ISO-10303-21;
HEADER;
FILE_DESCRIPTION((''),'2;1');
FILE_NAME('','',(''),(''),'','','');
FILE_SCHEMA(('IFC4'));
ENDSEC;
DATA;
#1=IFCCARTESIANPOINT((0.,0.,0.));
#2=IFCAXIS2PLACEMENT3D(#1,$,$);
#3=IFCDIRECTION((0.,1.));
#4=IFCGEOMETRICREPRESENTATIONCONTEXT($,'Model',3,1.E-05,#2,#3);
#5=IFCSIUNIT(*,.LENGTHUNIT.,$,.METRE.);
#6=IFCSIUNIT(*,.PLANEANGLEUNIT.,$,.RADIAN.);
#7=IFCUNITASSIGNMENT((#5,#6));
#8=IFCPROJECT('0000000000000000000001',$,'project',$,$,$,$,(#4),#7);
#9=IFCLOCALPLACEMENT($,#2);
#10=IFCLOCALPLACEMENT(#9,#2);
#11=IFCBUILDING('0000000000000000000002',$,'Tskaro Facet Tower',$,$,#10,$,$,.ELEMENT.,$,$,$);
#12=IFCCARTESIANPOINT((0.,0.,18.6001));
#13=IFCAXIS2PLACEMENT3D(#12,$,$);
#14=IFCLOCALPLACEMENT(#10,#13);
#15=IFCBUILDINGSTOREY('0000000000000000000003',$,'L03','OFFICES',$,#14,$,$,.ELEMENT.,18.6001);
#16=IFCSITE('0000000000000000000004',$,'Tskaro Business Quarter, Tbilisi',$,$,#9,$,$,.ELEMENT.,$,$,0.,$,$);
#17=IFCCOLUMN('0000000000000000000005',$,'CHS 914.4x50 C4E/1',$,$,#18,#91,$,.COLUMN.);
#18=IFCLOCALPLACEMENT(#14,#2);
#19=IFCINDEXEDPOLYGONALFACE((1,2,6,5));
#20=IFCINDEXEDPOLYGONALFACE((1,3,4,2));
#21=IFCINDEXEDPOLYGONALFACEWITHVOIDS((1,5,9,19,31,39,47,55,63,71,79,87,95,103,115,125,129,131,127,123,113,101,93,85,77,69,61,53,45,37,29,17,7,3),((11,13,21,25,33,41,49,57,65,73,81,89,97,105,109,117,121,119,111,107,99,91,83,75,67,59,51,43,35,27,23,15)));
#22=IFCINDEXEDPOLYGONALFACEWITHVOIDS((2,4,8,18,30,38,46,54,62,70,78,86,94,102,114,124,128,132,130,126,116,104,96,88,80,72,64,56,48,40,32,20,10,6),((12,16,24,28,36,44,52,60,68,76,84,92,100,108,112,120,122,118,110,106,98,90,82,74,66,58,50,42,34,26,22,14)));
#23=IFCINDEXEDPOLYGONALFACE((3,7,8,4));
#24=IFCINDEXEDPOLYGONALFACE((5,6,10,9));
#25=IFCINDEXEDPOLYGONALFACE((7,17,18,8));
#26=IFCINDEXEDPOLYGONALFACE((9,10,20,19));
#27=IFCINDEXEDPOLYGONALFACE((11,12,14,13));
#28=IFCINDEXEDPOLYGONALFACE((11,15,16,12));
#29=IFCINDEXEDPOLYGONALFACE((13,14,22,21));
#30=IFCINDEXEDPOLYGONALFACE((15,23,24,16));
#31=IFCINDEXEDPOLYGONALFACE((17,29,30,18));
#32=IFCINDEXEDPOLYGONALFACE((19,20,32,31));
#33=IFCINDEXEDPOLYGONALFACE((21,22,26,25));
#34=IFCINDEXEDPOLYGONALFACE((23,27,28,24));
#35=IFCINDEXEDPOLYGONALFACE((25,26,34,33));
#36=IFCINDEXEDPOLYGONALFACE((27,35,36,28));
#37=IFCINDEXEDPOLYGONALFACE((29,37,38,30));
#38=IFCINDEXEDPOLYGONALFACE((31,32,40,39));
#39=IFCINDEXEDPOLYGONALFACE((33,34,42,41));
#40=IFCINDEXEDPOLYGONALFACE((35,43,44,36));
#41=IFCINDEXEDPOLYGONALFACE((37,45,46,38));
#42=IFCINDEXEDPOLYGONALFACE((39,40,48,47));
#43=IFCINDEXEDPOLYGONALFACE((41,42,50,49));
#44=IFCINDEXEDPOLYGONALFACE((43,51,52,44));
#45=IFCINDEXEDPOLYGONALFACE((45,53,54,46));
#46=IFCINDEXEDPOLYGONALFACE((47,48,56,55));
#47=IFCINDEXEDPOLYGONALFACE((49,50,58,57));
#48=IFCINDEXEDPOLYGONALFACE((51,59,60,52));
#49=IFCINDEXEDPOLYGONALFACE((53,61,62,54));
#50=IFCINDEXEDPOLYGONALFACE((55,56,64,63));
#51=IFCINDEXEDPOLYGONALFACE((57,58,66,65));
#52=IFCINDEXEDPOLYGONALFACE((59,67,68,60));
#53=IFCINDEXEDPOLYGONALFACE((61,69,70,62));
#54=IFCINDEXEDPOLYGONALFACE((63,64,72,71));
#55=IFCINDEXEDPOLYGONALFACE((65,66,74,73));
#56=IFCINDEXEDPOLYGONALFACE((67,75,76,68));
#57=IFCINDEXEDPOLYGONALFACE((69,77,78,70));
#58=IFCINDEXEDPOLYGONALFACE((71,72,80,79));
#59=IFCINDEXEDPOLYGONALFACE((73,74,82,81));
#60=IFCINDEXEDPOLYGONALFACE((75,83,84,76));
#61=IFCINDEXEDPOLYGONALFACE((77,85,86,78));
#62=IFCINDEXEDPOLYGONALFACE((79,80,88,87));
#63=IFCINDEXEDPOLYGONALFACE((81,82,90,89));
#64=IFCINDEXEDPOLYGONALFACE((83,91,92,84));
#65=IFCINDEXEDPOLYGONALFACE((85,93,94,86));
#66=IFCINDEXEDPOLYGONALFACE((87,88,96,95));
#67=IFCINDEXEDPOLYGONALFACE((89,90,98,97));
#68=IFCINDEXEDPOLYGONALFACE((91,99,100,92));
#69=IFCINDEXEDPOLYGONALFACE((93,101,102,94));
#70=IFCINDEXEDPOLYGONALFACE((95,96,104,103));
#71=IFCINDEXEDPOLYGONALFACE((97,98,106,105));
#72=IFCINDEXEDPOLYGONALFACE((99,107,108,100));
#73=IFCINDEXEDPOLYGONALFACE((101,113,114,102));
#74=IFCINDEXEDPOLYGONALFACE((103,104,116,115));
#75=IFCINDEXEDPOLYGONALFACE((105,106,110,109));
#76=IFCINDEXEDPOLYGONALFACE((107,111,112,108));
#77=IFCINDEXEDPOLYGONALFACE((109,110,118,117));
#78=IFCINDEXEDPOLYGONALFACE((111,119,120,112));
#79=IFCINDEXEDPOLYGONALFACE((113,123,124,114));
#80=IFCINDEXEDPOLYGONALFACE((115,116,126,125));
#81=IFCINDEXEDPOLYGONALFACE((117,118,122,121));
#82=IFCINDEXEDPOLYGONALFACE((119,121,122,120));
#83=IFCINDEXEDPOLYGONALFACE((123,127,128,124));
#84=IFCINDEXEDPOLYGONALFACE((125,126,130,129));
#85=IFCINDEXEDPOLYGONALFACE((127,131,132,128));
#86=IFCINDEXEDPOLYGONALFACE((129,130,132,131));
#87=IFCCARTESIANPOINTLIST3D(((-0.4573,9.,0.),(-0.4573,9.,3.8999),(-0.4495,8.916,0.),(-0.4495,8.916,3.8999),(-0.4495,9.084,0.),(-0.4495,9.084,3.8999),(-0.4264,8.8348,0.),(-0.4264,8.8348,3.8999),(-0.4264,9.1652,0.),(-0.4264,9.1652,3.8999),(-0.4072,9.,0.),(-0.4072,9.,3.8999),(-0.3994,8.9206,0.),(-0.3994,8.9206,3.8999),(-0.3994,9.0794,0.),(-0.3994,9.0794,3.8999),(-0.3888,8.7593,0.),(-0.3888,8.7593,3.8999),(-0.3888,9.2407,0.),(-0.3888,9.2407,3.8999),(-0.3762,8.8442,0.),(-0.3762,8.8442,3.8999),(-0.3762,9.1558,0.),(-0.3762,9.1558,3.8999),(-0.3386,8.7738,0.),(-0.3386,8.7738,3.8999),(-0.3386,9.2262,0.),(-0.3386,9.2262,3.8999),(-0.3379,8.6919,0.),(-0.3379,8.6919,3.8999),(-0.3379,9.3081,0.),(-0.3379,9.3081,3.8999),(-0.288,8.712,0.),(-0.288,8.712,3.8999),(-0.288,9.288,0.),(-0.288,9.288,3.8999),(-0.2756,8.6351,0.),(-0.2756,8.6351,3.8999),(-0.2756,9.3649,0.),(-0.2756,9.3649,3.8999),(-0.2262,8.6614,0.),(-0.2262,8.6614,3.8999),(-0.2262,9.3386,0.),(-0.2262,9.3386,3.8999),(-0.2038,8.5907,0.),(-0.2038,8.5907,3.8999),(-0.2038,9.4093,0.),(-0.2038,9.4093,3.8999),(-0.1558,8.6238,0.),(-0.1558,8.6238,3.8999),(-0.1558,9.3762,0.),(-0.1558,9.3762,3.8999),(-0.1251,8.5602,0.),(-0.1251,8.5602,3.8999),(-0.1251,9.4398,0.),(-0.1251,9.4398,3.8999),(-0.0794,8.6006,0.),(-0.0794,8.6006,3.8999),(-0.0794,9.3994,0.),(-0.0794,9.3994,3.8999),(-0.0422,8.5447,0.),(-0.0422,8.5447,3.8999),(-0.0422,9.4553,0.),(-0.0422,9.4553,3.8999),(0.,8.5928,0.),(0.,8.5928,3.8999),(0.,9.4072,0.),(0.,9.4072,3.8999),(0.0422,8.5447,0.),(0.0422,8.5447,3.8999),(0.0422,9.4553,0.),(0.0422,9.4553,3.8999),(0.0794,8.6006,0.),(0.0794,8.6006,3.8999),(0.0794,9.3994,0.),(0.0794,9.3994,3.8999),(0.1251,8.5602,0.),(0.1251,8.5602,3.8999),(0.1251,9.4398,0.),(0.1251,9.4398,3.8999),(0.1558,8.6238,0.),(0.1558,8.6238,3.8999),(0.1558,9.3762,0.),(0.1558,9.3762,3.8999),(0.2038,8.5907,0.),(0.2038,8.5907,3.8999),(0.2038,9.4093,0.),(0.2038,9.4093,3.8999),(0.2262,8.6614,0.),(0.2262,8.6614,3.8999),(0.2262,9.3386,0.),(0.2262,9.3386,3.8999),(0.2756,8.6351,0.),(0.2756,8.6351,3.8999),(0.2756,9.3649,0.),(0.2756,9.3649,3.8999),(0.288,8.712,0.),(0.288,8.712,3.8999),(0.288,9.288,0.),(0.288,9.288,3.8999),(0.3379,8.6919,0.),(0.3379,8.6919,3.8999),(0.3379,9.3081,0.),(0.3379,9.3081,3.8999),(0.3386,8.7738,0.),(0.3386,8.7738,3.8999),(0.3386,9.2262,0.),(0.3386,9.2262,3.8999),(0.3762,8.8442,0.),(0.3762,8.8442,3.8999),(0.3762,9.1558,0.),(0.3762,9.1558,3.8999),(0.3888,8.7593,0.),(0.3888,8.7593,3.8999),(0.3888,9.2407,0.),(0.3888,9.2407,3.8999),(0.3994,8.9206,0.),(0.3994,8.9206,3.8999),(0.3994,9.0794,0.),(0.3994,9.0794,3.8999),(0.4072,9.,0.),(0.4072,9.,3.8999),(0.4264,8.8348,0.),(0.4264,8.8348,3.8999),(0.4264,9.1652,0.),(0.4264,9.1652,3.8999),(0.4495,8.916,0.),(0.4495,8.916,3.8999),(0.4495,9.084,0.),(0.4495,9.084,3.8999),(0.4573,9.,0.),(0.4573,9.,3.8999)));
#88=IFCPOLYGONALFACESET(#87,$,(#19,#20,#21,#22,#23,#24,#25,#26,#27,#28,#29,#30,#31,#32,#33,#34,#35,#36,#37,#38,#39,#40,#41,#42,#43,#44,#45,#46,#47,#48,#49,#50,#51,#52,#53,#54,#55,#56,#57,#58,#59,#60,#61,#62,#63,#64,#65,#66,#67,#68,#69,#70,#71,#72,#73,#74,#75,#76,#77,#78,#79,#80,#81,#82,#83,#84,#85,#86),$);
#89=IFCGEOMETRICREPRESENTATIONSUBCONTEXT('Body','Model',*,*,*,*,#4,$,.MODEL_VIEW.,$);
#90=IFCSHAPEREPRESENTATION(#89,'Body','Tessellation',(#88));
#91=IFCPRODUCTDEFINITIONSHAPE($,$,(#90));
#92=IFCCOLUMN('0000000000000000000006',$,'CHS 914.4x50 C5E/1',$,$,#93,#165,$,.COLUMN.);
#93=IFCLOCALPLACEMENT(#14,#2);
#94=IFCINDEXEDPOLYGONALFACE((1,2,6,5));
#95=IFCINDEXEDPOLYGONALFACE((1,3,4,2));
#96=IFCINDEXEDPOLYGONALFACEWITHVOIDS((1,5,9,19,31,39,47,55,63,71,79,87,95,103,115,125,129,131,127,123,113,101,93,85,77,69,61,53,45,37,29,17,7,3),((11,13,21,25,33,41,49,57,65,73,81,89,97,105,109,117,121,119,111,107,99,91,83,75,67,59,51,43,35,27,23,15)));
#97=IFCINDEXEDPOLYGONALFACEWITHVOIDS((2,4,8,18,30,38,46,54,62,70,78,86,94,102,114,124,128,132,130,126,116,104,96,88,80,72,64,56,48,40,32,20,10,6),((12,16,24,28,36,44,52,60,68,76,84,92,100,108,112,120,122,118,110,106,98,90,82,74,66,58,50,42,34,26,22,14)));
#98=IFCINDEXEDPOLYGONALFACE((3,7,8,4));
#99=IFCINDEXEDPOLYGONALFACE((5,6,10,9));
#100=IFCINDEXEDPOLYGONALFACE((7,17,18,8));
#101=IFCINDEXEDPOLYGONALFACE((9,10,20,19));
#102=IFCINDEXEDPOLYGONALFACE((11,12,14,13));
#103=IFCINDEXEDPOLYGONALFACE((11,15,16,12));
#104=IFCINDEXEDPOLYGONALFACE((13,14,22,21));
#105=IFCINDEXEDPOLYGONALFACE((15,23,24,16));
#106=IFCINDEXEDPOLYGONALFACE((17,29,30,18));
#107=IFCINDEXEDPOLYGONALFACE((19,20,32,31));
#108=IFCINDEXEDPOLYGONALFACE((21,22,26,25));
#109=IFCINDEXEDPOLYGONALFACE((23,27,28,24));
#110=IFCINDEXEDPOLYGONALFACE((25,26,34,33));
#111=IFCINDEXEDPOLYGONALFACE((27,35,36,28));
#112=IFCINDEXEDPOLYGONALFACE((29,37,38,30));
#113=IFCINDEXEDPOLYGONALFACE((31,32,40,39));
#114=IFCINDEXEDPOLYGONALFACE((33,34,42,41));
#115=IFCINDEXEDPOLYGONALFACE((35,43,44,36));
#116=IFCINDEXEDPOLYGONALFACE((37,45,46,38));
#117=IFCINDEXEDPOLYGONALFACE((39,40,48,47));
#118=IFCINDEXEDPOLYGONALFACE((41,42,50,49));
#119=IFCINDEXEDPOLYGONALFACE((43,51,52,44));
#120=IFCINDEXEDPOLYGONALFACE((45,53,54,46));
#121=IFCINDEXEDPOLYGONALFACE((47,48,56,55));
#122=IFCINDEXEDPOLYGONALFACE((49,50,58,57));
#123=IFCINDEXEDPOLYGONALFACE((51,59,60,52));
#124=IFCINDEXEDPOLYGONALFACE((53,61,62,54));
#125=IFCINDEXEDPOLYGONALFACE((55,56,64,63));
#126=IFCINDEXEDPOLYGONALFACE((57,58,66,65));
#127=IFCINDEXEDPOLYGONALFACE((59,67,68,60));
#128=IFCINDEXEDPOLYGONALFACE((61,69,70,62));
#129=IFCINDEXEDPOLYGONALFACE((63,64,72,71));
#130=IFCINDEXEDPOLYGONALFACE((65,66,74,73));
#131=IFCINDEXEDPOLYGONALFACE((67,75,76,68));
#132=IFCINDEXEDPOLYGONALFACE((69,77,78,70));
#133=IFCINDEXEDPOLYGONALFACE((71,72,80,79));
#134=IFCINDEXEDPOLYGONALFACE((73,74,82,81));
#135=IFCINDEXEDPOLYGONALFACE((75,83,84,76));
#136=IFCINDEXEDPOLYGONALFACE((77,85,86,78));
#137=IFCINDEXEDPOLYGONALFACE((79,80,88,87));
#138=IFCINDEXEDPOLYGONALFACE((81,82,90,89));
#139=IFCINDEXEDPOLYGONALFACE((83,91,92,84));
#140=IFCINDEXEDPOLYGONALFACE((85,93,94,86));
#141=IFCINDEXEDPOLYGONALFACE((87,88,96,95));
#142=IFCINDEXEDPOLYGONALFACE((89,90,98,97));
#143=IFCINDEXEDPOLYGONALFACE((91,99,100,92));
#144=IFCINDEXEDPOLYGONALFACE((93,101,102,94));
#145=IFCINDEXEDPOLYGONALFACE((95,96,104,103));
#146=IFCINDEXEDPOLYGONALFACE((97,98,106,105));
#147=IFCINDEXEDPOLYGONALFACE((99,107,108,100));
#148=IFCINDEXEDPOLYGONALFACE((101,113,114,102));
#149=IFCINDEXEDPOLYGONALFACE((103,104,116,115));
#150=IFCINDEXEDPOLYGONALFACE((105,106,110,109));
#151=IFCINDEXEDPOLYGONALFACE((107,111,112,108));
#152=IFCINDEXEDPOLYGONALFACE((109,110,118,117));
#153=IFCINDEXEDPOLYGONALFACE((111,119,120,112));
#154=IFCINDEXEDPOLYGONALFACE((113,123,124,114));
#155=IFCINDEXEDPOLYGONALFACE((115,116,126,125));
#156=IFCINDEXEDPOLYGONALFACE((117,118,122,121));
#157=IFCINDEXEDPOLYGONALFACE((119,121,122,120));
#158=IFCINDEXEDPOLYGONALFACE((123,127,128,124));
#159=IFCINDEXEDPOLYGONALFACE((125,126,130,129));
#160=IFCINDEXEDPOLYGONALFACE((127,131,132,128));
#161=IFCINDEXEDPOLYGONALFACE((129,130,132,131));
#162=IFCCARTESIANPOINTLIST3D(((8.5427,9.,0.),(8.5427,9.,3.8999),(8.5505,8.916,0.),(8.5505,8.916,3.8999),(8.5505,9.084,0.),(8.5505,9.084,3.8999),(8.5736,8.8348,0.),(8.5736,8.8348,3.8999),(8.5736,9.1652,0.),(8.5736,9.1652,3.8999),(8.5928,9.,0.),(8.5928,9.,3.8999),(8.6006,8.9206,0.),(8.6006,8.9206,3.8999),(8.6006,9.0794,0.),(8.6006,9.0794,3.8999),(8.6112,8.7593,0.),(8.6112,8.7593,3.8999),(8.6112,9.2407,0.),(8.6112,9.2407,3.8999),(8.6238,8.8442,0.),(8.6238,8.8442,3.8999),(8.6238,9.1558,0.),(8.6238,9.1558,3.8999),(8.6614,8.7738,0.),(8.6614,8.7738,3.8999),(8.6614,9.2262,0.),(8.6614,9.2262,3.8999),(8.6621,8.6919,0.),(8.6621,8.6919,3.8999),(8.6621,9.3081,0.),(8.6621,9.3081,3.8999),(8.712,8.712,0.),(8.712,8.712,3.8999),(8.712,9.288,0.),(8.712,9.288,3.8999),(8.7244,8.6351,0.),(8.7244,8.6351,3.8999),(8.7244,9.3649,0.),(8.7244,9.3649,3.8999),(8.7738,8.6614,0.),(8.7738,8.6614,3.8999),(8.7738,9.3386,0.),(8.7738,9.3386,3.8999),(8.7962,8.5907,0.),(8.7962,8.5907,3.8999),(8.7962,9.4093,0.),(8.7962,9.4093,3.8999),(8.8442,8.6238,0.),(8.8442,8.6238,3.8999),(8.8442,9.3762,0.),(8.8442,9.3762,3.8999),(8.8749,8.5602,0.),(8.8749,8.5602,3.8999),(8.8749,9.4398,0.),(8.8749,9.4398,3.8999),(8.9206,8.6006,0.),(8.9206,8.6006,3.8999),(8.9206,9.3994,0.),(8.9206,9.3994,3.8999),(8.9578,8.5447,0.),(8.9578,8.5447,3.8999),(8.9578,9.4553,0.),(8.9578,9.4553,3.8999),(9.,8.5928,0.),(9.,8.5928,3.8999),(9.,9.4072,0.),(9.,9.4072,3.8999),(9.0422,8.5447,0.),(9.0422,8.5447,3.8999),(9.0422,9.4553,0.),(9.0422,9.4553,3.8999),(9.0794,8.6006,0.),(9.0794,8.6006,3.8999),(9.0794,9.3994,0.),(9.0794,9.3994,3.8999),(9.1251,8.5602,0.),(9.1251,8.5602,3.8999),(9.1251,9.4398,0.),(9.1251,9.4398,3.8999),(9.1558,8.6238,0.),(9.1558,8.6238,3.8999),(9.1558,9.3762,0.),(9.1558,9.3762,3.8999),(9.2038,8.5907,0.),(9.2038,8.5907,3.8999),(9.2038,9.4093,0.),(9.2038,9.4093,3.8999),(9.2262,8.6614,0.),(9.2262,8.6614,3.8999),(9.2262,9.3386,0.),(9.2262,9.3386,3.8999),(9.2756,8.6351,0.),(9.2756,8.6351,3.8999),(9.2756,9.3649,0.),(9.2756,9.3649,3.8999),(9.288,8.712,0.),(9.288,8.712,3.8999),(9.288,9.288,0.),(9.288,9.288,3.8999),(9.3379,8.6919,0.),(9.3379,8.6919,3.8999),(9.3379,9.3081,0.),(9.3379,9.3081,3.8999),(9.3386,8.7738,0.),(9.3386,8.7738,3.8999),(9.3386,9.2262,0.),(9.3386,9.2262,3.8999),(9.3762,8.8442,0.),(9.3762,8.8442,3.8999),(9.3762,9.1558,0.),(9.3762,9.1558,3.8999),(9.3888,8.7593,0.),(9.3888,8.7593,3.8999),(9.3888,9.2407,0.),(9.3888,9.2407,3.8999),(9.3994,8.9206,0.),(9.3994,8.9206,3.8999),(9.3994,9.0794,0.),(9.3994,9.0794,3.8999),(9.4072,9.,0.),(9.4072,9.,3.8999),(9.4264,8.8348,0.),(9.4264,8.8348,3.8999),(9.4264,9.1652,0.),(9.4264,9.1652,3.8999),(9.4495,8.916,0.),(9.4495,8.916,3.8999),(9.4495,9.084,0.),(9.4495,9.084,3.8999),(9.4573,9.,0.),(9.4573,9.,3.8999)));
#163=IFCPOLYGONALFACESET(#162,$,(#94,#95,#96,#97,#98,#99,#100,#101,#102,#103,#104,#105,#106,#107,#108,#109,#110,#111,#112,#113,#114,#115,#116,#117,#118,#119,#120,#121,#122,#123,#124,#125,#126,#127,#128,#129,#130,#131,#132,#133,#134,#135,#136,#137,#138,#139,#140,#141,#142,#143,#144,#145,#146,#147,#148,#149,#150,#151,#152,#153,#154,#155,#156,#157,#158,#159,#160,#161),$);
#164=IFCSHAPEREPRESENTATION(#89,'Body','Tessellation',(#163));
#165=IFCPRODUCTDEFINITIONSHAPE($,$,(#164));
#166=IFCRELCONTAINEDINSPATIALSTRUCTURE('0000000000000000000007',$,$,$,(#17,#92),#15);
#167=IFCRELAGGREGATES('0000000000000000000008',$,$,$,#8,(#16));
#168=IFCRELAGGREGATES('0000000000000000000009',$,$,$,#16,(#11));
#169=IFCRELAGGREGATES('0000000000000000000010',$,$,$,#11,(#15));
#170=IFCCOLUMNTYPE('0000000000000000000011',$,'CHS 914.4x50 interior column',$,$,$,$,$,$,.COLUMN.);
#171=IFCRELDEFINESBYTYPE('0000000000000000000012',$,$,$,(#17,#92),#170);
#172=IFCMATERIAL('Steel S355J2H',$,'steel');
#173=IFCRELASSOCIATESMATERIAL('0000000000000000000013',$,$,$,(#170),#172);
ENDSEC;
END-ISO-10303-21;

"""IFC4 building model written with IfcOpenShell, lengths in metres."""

from ifc_helpers import new_model, si_unit, direction, frame, origin, origin_2d, place, context, subcontext, project, spatial, hollow_circle, extrude, material, material_profile, profile_set, type_object, element, save


model = new_model("IFC4")

# Units and contexts
model_context = context("Model", 3, precision=1e-05, world=origin(), true_north=direction((0.0, 1.0)))
body_context = subcontext(model_context, "Body", "Model", "MODEL_VIEW")
ifc_project = project(units=[si_unit("LENGTHUNIT", "METRE"), si_unit("PLANEANGLEUNIT", "RADIAN")], contexts=[model_context])

# Site, building, storey
site_placement = place(None, origin())
site = spatial("IfcSite", under=ifc_project, at=site_placement, Name="Tskaro Business Quarter, Tbilisi", CompositionType="ELEMENT", RefElevation=0.0)
building_placement = place(site_placement, origin())
building = spatial("IfcBuilding", under=site, at=building_placement, Name="Tskaro Facet Tower", CompositionType="ELEMENT")
storey_placement = place(building_placement, frame((0.0, 0.0, 18.6001)))
storey = spatial("IfcBuildingStorey", under=building, at=storey_placement, Name="L03", Description="OFFICES", CompositionType="ELEMENT", Elevation=18.6001)

# Columns
ifc_material_1 = material(Name="Steel S355J2H", Category="steel")
ifc_material_profile_1 = material_profile(ifc_material_1, hollow_circle(Radius=0.4573, WallThickness=0.05, at=origin_2d()), Name="CHS 914.4x50")
ifc_profile_set_1 = profile_set([ifc_material_profile_1], Name="Steel S355J2H")
column_type = type_object("IfcColumnType", Name="CHS 914.4x50 interior column", PredefinedType="COLUMN", material=ifc_profile_set_1)
for number, where, z_axis, x_axis, name in (
    (1, (0.0, 9.0, 0.0), (0.0, 0.0, 1.0), (1.0, 0.0, 0.0), "CHS 914.4x50 C4E/1"),
    (2, (9.0, 9.0, 0.0), (0.0, 0.0, 1.0), (1.0, 0.0, 0.0), "CHS 914.4x50 C5E/1"),
):
    element("IfcColumn", number, at=place(storey_placement, frame(where, z_axis=z_axis, x_axis=x_axis)), inside=storey, type_object=column_type, Name=name, PredefinedType="COLUMN", context=body_context, shape_type="SweptSolid", body=[
        extrude(hollow_circle(Radius=0.4573, WallThickness=0.05, at=origin_2d()), origin(), (0.0, 0.0, 1.0), 3.8999),
    ])

save(model, "model.ifc")
